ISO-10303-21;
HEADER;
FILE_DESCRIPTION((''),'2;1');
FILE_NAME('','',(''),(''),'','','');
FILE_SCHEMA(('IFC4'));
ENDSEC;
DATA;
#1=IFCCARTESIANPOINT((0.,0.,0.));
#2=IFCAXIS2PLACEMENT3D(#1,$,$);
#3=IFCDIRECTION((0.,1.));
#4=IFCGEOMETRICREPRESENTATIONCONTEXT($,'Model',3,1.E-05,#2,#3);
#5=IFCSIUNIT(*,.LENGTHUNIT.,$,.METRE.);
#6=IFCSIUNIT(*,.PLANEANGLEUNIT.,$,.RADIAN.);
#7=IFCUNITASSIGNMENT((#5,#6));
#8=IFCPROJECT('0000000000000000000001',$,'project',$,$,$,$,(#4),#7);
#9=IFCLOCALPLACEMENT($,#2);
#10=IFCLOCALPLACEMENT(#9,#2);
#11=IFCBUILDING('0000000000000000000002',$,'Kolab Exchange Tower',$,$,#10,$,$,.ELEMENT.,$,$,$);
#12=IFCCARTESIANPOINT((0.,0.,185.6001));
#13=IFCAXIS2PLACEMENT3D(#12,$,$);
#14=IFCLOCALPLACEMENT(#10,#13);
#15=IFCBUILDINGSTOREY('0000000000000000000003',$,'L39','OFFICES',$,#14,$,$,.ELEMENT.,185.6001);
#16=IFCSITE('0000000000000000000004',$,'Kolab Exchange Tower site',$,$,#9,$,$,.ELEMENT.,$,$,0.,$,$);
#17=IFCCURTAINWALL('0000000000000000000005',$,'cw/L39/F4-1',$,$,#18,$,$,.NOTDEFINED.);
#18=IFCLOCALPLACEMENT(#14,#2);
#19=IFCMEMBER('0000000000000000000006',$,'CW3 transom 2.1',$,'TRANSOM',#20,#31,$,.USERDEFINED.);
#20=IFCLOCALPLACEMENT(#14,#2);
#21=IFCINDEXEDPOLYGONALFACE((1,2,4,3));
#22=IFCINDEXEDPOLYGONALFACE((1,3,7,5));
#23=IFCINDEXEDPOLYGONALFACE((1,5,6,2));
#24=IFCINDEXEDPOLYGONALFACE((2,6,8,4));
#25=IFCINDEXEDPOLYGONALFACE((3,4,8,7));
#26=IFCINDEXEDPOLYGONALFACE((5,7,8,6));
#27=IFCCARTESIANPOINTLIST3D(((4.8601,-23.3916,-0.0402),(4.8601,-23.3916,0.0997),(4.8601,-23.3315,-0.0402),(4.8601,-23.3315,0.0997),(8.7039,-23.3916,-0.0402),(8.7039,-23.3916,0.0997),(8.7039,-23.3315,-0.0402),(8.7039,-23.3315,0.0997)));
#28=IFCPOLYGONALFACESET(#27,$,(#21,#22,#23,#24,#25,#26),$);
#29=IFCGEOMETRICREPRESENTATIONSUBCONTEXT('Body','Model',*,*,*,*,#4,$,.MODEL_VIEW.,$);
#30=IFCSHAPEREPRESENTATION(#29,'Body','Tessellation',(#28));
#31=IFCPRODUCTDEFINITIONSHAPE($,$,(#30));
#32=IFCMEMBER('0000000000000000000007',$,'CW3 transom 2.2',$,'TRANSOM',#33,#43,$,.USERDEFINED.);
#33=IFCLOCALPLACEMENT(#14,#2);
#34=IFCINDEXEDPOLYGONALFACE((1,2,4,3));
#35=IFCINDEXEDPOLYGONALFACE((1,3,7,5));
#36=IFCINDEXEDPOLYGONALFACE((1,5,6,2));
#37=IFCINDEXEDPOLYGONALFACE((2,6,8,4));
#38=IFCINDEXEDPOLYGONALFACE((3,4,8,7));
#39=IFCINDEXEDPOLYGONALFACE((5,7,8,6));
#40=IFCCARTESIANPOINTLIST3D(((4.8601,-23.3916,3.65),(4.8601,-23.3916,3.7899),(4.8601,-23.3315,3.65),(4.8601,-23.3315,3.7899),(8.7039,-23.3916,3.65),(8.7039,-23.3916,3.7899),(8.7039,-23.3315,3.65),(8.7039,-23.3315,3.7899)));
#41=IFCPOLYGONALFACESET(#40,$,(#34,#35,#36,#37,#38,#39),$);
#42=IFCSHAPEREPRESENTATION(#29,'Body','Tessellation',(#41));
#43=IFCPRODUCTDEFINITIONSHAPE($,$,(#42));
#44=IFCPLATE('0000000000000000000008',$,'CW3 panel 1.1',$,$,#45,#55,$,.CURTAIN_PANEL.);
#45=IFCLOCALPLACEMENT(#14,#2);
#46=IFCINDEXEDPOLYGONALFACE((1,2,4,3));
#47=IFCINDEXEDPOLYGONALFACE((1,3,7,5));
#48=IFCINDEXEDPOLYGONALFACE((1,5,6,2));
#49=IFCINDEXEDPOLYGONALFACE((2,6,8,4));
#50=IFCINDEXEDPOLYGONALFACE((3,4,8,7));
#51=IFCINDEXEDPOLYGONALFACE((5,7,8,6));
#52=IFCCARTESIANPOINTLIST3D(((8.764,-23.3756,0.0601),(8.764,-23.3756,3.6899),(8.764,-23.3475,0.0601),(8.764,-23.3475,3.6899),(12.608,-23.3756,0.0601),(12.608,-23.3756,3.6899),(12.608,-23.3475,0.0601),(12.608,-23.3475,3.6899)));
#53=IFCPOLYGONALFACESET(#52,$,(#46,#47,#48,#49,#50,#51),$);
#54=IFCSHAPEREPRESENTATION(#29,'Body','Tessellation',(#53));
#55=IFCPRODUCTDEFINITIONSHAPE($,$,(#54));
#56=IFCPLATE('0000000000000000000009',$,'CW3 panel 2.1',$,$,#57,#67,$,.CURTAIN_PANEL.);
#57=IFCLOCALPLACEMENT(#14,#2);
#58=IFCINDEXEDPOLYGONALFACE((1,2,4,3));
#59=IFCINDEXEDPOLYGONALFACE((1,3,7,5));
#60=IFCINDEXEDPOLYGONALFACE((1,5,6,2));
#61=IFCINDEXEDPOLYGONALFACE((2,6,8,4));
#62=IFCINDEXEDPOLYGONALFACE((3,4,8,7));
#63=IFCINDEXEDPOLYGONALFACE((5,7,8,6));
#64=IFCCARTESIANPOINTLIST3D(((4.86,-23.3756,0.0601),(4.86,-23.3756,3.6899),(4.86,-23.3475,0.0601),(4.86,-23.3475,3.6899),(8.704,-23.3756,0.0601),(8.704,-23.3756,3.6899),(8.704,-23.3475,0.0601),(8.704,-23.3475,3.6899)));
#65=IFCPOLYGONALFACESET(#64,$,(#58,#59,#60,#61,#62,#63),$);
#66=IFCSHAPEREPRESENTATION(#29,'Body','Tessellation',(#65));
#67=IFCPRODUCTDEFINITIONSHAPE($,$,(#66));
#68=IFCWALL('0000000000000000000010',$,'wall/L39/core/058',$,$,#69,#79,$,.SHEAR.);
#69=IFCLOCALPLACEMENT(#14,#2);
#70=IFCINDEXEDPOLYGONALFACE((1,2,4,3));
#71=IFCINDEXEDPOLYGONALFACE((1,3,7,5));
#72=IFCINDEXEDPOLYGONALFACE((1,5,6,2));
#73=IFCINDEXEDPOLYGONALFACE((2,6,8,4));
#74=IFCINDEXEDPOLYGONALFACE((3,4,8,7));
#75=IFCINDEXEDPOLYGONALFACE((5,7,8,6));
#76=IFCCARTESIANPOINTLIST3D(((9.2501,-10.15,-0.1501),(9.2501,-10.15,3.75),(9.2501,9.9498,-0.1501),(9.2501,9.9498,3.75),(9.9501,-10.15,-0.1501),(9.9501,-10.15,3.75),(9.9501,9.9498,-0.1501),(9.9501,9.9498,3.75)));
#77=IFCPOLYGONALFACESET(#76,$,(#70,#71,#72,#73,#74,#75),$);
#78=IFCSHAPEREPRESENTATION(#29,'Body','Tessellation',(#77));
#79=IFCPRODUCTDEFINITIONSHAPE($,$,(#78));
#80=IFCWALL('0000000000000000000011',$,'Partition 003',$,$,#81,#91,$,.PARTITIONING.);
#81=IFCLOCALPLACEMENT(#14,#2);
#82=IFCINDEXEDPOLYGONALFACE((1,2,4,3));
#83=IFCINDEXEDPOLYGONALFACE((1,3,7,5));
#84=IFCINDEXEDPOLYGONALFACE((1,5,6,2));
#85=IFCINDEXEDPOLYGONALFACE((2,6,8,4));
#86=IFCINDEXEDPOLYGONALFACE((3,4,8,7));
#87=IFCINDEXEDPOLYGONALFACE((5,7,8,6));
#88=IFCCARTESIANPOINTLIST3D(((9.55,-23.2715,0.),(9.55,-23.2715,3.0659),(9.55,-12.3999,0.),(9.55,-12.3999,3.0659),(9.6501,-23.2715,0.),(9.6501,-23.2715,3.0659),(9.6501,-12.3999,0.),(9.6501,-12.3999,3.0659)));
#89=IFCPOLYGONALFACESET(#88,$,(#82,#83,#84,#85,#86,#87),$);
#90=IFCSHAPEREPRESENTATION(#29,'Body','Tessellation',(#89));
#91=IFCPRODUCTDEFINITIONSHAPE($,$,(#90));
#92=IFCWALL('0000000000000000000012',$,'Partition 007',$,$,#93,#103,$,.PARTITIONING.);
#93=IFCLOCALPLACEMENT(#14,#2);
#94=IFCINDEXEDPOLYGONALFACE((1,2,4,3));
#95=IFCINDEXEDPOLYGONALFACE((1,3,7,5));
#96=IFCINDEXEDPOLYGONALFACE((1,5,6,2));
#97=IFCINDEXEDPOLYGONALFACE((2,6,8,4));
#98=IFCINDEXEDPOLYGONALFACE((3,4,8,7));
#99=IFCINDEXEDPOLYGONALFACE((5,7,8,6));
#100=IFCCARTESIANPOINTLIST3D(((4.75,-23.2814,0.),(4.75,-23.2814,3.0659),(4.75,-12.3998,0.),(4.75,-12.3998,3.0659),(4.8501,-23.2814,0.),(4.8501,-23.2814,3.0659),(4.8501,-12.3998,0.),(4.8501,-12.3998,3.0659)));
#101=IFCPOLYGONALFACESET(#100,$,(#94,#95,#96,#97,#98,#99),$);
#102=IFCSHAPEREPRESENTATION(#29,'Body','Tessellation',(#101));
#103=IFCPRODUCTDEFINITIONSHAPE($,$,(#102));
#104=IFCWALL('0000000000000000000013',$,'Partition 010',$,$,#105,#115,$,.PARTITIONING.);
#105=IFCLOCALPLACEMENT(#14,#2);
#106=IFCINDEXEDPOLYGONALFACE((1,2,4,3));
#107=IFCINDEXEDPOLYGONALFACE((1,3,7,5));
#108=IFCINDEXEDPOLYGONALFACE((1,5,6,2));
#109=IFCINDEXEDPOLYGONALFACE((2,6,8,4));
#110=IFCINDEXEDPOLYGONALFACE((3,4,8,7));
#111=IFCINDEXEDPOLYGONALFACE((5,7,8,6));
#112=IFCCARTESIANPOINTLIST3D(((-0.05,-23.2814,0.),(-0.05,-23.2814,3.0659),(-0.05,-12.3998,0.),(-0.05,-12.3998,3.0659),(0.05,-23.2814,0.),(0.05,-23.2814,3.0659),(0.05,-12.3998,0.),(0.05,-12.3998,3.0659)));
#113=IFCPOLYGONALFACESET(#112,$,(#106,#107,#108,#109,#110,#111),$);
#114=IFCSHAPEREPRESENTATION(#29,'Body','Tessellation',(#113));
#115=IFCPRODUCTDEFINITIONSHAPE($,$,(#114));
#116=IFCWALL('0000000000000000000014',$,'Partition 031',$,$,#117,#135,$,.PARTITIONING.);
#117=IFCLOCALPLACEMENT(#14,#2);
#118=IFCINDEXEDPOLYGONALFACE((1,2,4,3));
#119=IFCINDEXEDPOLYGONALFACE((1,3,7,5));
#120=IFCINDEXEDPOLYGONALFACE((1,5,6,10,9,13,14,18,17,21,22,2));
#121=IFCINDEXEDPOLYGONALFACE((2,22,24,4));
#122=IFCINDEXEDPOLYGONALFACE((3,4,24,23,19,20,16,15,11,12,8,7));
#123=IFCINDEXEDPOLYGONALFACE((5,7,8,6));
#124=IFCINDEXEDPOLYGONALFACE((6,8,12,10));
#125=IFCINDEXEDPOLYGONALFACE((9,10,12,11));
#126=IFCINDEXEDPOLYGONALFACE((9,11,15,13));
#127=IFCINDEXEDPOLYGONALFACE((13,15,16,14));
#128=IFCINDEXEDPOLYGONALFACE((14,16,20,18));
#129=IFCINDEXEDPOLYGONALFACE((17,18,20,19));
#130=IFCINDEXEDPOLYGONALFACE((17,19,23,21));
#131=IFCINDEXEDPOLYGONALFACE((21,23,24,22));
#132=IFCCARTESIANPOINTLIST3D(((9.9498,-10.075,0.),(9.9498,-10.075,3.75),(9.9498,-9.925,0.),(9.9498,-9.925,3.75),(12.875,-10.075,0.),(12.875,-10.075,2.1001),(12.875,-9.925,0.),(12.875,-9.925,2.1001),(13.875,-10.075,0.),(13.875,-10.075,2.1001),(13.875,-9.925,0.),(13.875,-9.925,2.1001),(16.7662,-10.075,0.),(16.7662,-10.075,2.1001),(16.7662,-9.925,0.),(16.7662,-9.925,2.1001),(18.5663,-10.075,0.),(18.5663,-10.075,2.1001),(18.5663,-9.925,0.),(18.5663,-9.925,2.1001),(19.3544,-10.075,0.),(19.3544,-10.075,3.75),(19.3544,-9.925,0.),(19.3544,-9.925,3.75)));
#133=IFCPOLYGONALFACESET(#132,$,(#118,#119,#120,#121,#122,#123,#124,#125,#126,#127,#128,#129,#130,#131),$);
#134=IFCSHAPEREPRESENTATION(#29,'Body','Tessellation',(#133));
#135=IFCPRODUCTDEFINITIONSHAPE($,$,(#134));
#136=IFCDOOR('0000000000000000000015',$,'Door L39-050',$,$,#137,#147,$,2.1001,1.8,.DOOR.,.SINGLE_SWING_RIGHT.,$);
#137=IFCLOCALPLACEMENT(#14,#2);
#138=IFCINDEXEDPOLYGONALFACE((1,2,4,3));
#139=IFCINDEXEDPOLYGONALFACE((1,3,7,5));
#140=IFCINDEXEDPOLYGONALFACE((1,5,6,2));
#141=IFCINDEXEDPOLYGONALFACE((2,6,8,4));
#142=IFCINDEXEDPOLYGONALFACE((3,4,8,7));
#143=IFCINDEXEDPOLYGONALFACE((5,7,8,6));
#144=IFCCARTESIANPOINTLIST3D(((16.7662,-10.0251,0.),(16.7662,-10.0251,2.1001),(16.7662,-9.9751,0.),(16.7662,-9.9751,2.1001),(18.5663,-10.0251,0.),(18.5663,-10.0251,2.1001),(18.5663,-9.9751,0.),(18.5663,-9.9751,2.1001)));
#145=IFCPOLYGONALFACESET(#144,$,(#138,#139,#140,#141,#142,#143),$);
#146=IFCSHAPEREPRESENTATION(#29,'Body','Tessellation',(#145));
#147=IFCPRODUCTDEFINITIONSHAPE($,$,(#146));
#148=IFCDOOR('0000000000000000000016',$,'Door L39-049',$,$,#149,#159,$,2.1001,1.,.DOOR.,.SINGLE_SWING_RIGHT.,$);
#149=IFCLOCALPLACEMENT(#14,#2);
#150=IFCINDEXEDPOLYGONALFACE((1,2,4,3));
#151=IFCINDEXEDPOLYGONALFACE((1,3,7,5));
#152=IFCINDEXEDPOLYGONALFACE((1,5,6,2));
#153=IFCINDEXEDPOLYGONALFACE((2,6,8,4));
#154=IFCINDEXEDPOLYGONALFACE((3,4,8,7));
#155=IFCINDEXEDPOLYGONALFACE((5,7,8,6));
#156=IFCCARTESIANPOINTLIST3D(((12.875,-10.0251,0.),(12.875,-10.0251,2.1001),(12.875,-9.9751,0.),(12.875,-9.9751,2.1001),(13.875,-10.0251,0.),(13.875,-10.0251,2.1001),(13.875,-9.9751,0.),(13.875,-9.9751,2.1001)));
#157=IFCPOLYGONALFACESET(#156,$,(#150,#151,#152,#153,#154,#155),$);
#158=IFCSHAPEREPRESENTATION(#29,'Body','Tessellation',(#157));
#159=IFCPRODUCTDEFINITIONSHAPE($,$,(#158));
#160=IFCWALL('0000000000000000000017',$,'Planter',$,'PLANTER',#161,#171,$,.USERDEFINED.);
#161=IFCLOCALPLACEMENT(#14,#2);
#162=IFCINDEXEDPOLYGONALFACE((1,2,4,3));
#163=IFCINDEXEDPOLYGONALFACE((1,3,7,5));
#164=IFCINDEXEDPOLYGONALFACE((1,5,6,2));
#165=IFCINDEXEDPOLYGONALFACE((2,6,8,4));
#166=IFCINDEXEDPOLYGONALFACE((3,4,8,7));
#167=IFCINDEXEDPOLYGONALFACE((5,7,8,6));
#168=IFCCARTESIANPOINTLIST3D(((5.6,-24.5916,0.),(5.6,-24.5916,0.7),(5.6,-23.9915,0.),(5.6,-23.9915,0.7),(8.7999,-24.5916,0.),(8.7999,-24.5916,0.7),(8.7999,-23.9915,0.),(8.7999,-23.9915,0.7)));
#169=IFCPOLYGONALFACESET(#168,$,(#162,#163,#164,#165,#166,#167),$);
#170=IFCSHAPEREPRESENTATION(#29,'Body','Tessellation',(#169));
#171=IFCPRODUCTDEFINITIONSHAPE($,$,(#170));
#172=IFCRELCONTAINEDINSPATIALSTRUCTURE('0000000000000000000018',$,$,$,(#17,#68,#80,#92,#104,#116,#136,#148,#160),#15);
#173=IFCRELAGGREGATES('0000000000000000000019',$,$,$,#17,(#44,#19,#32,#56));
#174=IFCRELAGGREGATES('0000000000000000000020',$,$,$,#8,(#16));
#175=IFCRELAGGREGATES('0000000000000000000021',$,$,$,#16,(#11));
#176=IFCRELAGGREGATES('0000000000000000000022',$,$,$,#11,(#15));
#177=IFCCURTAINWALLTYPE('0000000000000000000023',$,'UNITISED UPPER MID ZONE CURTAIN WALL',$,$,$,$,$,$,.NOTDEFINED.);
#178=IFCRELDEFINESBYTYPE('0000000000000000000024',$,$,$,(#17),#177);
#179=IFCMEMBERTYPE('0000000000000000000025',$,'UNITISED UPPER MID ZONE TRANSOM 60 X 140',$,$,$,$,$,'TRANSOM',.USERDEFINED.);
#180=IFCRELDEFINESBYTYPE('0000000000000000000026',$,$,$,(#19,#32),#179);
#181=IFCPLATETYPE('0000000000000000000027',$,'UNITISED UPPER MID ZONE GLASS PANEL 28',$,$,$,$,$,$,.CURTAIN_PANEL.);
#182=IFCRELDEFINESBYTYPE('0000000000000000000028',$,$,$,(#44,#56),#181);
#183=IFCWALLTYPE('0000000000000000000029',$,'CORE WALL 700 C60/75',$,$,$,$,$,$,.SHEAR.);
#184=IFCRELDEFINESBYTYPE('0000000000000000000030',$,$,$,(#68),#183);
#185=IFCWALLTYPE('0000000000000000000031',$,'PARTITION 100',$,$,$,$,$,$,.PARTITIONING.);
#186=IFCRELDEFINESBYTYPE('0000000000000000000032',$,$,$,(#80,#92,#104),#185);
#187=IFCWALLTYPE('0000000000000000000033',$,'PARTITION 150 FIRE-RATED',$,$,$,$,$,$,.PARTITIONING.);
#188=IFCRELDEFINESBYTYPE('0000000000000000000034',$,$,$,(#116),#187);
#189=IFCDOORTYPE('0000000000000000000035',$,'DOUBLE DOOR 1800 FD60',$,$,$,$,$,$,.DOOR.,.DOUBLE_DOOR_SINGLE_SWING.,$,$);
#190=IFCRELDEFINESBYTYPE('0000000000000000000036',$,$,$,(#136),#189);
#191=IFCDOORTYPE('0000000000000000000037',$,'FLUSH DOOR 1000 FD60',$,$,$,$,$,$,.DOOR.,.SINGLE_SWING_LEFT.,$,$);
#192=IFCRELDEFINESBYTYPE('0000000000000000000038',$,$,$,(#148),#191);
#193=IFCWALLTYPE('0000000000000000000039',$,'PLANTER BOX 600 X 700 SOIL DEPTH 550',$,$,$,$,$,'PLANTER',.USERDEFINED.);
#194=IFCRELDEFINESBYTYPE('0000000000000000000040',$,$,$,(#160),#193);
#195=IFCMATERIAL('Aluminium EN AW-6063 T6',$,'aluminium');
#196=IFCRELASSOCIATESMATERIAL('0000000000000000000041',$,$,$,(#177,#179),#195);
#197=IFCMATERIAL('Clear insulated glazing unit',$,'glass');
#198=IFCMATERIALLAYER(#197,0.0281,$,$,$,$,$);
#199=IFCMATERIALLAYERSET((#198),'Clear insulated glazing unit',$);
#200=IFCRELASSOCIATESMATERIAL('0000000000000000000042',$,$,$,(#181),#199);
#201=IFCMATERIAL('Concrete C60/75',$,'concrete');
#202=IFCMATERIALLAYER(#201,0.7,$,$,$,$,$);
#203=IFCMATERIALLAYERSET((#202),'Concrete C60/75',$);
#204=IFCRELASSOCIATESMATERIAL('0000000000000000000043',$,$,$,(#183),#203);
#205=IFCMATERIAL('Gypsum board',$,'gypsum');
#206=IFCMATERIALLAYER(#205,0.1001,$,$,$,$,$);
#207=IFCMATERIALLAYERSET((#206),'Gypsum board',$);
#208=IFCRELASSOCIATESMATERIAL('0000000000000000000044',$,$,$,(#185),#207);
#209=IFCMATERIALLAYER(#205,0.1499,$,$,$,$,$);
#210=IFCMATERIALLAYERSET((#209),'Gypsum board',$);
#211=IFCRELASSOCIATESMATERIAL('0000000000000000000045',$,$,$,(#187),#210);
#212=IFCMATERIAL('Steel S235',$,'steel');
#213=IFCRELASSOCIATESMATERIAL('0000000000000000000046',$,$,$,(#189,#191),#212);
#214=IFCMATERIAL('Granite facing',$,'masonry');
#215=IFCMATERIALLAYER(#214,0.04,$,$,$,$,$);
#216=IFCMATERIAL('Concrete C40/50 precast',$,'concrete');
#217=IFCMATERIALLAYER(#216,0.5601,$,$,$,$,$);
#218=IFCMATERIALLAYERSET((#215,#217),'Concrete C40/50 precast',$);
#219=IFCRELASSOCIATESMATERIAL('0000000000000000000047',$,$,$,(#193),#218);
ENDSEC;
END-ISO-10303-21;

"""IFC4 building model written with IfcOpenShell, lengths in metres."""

from ifc_helpers import new_model, si_unit, direction, frame, frame_2d, origin, origin_2d, place, context, subcontext, project, spatial, rectangle, extrude, material, layer, layer_set, material_profile, profile_set, type_object, element, fill, aggregate, save


model = new_model("IFC4")

# Units and contexts
model_context = context("Model", 3, precision=1e-05, world=origin(), true_north=direction((0.0, 1.0)))
body_context = subcontext(model_context, "Body", "Model", "MODEL_VIEW")
ifc_project = project(units=[si_unit("LENGTHUNIT", "METRE"), si_unit("PLANEANGLEUNIT", "RADIAN")], contexts=[model_context])

# Site, building, storey
site_placement = place(None, origin())
site = spatial("IfcSite", under=ifc_project, at=site_placement, Name="Kolab Exchange Tower site", CompositionType="ELEMENT", RefElevation=0.0)
building_placement = place(site_placement, origin())
building = spatial("IfcBuilding", under=site, at=building_placement, Name="Kolab Exchange Tower", CompositionType="ELEMENT")
storey_placement = place(building_placement, frame((0.0, 0.0, 185.6001)))
storey = spatial("IfcBuildingStorey", under=building, at=storey_placement, Name="L39", Description="OFFICES", CompositionType="ELEMENT", Elevation=185.6001)

# Shared definitions
ifc_material_1 = material(Name="Concrete C60/75", Category="concrete")

# Curtain wall, members, plates
ifc_material_2 = material(Name="Aluminium EN AW-6063 T6", Category="aluminium")
curtain_wall_type = type_object("IfcCurtainWallType", Name="UNITISED UPPER MID ZONE CURTAIN WALL", PredefinedType="NOTDEFINED", material=ifc_material_2)
curtain_wall_placement = place(storey_placement, origin())
curtain_wall = element("IfcCurtainWall", 1, at=curtain_wall_placement, inside=storey, type_object=curtain_wall_type, Name="cw/L39/F4-1", PredefinedType="NOTDEFINED")
ifc_material_profile_1 = material_profile(ifc_material_2, rectangle(XDim=0.0601, YDim=0.1399, at=origin_2d()), Name="RECT 60X140")
ifc_profile_set_1 = profile_set([ifc_material_profile_1], Name="Aluminium EN AW-6063 T6")
member_type_1 = type_object("IfcMemberType", Name="UNITISED UPPER MID ZONE TRANSOM 60 X 140", ElementType="TRANSOM", PredefinedType="USERDEFINED", material=ifc_profile_set_1)
member_1_placement = place(storey_placement, frame((8.7039, -23.3616, 0.0298), z_axis=(-1.0, 0.0, 0.0), x_axis=(0.0, -1.0, 0.0)))
member_1 = element("IfcMember", 2, at=member_1_placement, type_object=member_type_1, Name="CW3 transom 2.1", ObjectType="TRANSOM", PredefinedType="USERDEFINED", context=body_context, shape_type="SweptSolid", body=[
    extrude(rectangle(XDim=0.0601, YDim=0.1399, at=origin_2d()), origin(), (0.0, 0.0, 1.0), 3.8438),
])
member_2_placement = place(storey_placement, frame((8.7039, -23.3616, 3.72), z_axis=(-1.0, 0.0, 0.0), x_axis=(0.0, -1.0, 0.0)))
member_2 = element("IfcMember", 3, at=member_2_placement, type_object=member_type_1, Name="CW3 transom 2.2", ObjectType="TRANSOM", PredefinedType="USERDEFINED", context=body_context, shape_type="SweptSolid", body=[
    extrude(rectangle(XDim=0.0601, YDim=0.1399, at=origin_2d()), origin(), (0.0, 0.0, 1.0), 3.8438),
])
ifc_material_3 = material(Name="Clear insulated glazing unit", Category="glass")
ifc_layer_1 = layer(ifc_material_3, 0.0281)
ifc_layer_set_1 = layer_set([ifc_layer_1], Name="Clear insulated glazing unit")
plate_type = type_object("IfcPlateType", Name="UNITISED UPPER MID ZONE GLASS PANEL 28", PredefinedType="CURTAIN_PANEL", material=ifc_layer_set_1)
plate_1_placement = place(storey_placement, frame((10.686, -23.3616, 0.0601), z_axis=(0.0, 0.0, 1.0), x_axis=(-1.0, 0.0, 0.0)))
plate_1 = element("IfcPlate", 4, at=plate_1_placement, type_object=plate_type, Name="CW3 panel 1.1", PredefinedType="CURTAIN_PANEL", context=body_context, shape_type="SweptSolid", body=[
    extrude(rectangle(XDim=3.844, YDim=0.0281, at=origin_2d()), origin(), (0.0, 0.0, 1.0), 3.6299),
])
plate_2_placement = place(storey_placement, frame((6.782, -23.3616, 0.0601), z_axis=(0.0, 0.0, 1.0), x_axis=(-1.0, 0.0, 0.0)))
plate_2 = element("IfcPlate", 5, at=plate_2_placement, type_object=plate_type, Name="CW3 panel 2.1", PredefinedType="CURTAIN_PANEL", context=body_context, shape_type="SweptSolid", body=[
    extrude(rectangle(XDim=3.844, YDim=0.0281, at=origin_2d()), origin(), (0.0, 0.0, 1.0), 3.6299),
])
aggregate(curtain_wall, [plate_1, member_1, member_2, plate_2])

# Wall
ifc_layer_2 = layer(ifc_material_1, 0.7)
ifc_layer_set_2 = layer_set([ifc_layer_2], Name="Concrete C60/75")
wall_type_1 = type_object("IfcWallType", Name="CORE WALL 700 C60/75", PredefinedType="SHEAR", material=ifc_layer_set_2)
wall_1_placement = place(storey_placement, frame((9.6001, -10.1499, -0.1501), z_axis=(0.0, 0.0, 1.0), x_axis=(0.0, 1.0, 0.0)))
element("IfcWall", 6, at=wall_1_placement, inside=storey, type_object=wall_type_1, Name="wall/L39/core/058", PredefinedType="SHEAR", context=body_context, shape_type="SweptSolid", body=[
    extrude(rectangle(XDim=20.0999, YDim=0.7, at=frame_2d((10.0498, 0.0))), origin(), (0.0, 0.0, 1.0), 3.9001),
])

# Walls
ifc_material_4 = material(Name="Gypsum board", Category="gypsum")
ifc_layer_3 = layer(ifc_material_4, 0.1001)
ifc_layer_set_3 = layer_set([ifc_layer_3], Name="Gypsum board")
wall_type_2 = type_object("IfcWallType", Name="PARTITION 100", PredefinedType="PARTITIONING", material=ifc_layer_set_3)
wall_2_placement = place(storey_placement, frame((9.6001, -23.2715, 0.0), z_axis=(0.0, 0.0, 1.0), x_axis=(0.0, 1.0, 0.0)))
element("IfcWall", 7, at=wall_2_placement, inside=storey, type_object=wall_type_2, Name="Partition 003", PredefinedType="PARTITIONING", context=body_context, shape_type="SweptSolid", body=[
    extrude(rectangle(XDim=10.8716, YDim=0.1001, at=frame_2d((5.4358, 0.0))), origin(), (0.0, 0.0, 1.0), 3.0659),
])
for number, where, z_axis, x_axis, name in (
    (8, (4.8, -23.2815, 0.0), (0.0, 0.0, 1.0), (0.0, 1.0, 0.0), "Partition 007"),
    (9, (0.0, -23.2815, 0.0), (0.0, 0.0, 1.0), (0.0, 1.0, 0.0), "Partition 010"),
):
    element("IfcWall", number, at=place(storey_placement, frame(where, z_axis=z_axis, x_axis=x_axis)), inside=storey, type_object=wall_type_2, Name=name, PredefinedType="PARTITIONING", context=body_context, shape_type="SweptSolid", body=[
        extrude(rectangle(XDim=10.8816, YDim=0.1001, at=frame_2d((5.4409, 0.0))), origin(), (0.0, 0.0, 1.0), 3.0659),
    ])

# Wall, openings, doors
ifc_layer_4 = layer(ifc_material_4, 0.1499)
ifc_layer_set_4 = layer_set([ifc_layer_4], Name="Gypsum board")
wall_type_3 = type_object("IfcWallType", Name="PARTITION 150 FIRE-RATED", PredefinedType="PARTITIONING", material=ifc_layer_set_4)
wall_3_placement = place(storey_placement, frame((9.95, -10.0, 0.0), z_axis=(0.0, 0.0, 1.0), x_axis=(1.0, 0.0, 0.0)))
wall_3 = element("IfcWall", 10, at=wall_3_placement, inside=storey, type_object=wall_type_3, Name="Partition 031", PredefinedType="PARTITIONING", context=body_context, shape_type="SweptSolid", body=[
    extrude(rectangle(XDim=9.4045, YDim=0.1499, at=frame_2d((4.7021, 0.0))), origin(), (0.0, 0.0, 1.0), 3.75),
])
opening_1_placement = place(wall_3_placement, frame((2.925, 0.0, 0.0)))
opening_1 = element("IfcOpeningElement", 11, at=opening_1_placement, cuts=wall_3, PredefinedType="OPENING", context=body_context, shape_type="SweptSolid", body=[
    extrude(rectangle(XDim=1.0, YDim=2.1001, at=frame_2d((0.5, 1.05))), frame((0.0, 0.085, 0.0), z_axis=(0.0, -1.0, 0.0), x_axis=(1.0, 0.0, 0.0)), (0.0, 0.0, 1.0), 0.1699),
])
opening_2_placement = place(wall_3_placement, frame((6.8164, 0.0, 0.0)))
opening_2 = element("IfcOpeningElement", 12, at=opening_2_placement, cuts=wall_3, PredefinedType="OPENING", context=body_context, shape_type="SweptSolid", body=[
    extrude(rectangle(XDim=1.8, YDim=2.1001, at=frame_2d((0.8999, 1.05))), frame((0.0, 0.085, 0.0), z_axis=(0.0, -1.0, 0.0), x_axis=(1.0, 0.0, 0.0)), (0.0, 0.0, 1.0), 0.1699),
])
ifc_material_5 = material(Name="Steel S235", Category="steel")
door_type_1 = type_object("IfcDoorType", Name="DOUBLE DOOR 1800 FD60", OperationType="DOUBLE_DOOR_SINGLE_SWING", PredefinedType="DOOR", material=ifc_material_5)
door_1_placement = place(opening_2_placement, origin())
door_1 = element("IfcDoor", 13, at=door_1_placement, inside=storey, type_object=door_type_1, Name="Door L39-050", OperationType="SINGLE_SWING_RIGHT", OverallHeight=2.1001, OverallWidth=1.8, PredefinedType="DOOR", context=body_context, shape_type="SweptSolid", body=[
    extrude(rectangle(XDim=1.8, YDim=2.1001, at=frame_2d((0.8999, 1.05))), frame((0.0, 0.0249, 0.0), z_axis=(0.0, -1.0, 0.0), x_axis=(1.0, 0.0, 0.0)), (0.0, 0.0, 1.0), 0.05),
])
fill(opening_2, door_1)
door_type_2 = type_object("IfcDoorType", Name="FLUSH DOOR 1000 FD60", OperationType="SINGLE_SWING_LEFT", PredefinedType="DOOR", material=ifc_material_5)
door_2_placement = place(opening_1_placement, origin())
door_2 = element("IfcDoor", 14, at=door_2_placement, inside=storey, type_object=door_type_2, Name="Door L39-049", OperationType="SINGLE_SWING_RIGHT", OverallHeight=2.1001, OverallWidth=1.0, PredefinedType="DOOR", context=body_context, shape_type="SweptSolid", body=[
    extrude(rectangle(XDim=1.0, YDim=2.1001, at=frame_2d((0.5, 1.05))), frame((0.0, 0.0249, 0.0), z_axis=(0.0, -1.0, 0.0), x_axis=(1.0, 0.0, 0.0)), (0.0, 0.0, 1.0), 0.05),
])
fill(opening_1, door_2)

# Wall
ifc_material_6 = material(Name="Granite facing", Category="masonry")
ifc_layer_5 = layer(ifc_material_6, 0.04)
ifc_material_7 = material(Name="Concrete C40/50 precast", Category="concrete")
ifc_layer_6 = layer(ifc_material_7, 0.5601)
ifc_layer_set_5 = layer_set([ifc_layer_5, ifc_layer_6], Name="Concrete C40/50 precast")
wall_type_4 = type_object("IfcWallType", Name="PLANTER BOX 600 X 700 SOIL DEPTH 550", ElementType="PLANTER", PredefinedType="USERDEFINED", material=ifc_layer_set_5)
wall_4_placement = place(storey_placement, frame((8.8, -24.2915, 0.0), z_axis=(0.0, 0.0, 1.0), x_axis=(-1.0, 0.0, 0.0)))
element("IfcWall", 15, at=wall_4_placement, inside=storey, type_object=wall_type_4, Name="Planter", ObjectType="PLANTER", PredefinedType="USERDEFINED", context=body_context, shape_type="SweptSolid", body=[
    extrude(rectangle(XDim=3.2, YDim=0.6001, at=frame_2d((1.6001, 0.0))), origin(), (0.0, 0.0, 1.0), 0.7),
])

save(model, "model.ifc")
